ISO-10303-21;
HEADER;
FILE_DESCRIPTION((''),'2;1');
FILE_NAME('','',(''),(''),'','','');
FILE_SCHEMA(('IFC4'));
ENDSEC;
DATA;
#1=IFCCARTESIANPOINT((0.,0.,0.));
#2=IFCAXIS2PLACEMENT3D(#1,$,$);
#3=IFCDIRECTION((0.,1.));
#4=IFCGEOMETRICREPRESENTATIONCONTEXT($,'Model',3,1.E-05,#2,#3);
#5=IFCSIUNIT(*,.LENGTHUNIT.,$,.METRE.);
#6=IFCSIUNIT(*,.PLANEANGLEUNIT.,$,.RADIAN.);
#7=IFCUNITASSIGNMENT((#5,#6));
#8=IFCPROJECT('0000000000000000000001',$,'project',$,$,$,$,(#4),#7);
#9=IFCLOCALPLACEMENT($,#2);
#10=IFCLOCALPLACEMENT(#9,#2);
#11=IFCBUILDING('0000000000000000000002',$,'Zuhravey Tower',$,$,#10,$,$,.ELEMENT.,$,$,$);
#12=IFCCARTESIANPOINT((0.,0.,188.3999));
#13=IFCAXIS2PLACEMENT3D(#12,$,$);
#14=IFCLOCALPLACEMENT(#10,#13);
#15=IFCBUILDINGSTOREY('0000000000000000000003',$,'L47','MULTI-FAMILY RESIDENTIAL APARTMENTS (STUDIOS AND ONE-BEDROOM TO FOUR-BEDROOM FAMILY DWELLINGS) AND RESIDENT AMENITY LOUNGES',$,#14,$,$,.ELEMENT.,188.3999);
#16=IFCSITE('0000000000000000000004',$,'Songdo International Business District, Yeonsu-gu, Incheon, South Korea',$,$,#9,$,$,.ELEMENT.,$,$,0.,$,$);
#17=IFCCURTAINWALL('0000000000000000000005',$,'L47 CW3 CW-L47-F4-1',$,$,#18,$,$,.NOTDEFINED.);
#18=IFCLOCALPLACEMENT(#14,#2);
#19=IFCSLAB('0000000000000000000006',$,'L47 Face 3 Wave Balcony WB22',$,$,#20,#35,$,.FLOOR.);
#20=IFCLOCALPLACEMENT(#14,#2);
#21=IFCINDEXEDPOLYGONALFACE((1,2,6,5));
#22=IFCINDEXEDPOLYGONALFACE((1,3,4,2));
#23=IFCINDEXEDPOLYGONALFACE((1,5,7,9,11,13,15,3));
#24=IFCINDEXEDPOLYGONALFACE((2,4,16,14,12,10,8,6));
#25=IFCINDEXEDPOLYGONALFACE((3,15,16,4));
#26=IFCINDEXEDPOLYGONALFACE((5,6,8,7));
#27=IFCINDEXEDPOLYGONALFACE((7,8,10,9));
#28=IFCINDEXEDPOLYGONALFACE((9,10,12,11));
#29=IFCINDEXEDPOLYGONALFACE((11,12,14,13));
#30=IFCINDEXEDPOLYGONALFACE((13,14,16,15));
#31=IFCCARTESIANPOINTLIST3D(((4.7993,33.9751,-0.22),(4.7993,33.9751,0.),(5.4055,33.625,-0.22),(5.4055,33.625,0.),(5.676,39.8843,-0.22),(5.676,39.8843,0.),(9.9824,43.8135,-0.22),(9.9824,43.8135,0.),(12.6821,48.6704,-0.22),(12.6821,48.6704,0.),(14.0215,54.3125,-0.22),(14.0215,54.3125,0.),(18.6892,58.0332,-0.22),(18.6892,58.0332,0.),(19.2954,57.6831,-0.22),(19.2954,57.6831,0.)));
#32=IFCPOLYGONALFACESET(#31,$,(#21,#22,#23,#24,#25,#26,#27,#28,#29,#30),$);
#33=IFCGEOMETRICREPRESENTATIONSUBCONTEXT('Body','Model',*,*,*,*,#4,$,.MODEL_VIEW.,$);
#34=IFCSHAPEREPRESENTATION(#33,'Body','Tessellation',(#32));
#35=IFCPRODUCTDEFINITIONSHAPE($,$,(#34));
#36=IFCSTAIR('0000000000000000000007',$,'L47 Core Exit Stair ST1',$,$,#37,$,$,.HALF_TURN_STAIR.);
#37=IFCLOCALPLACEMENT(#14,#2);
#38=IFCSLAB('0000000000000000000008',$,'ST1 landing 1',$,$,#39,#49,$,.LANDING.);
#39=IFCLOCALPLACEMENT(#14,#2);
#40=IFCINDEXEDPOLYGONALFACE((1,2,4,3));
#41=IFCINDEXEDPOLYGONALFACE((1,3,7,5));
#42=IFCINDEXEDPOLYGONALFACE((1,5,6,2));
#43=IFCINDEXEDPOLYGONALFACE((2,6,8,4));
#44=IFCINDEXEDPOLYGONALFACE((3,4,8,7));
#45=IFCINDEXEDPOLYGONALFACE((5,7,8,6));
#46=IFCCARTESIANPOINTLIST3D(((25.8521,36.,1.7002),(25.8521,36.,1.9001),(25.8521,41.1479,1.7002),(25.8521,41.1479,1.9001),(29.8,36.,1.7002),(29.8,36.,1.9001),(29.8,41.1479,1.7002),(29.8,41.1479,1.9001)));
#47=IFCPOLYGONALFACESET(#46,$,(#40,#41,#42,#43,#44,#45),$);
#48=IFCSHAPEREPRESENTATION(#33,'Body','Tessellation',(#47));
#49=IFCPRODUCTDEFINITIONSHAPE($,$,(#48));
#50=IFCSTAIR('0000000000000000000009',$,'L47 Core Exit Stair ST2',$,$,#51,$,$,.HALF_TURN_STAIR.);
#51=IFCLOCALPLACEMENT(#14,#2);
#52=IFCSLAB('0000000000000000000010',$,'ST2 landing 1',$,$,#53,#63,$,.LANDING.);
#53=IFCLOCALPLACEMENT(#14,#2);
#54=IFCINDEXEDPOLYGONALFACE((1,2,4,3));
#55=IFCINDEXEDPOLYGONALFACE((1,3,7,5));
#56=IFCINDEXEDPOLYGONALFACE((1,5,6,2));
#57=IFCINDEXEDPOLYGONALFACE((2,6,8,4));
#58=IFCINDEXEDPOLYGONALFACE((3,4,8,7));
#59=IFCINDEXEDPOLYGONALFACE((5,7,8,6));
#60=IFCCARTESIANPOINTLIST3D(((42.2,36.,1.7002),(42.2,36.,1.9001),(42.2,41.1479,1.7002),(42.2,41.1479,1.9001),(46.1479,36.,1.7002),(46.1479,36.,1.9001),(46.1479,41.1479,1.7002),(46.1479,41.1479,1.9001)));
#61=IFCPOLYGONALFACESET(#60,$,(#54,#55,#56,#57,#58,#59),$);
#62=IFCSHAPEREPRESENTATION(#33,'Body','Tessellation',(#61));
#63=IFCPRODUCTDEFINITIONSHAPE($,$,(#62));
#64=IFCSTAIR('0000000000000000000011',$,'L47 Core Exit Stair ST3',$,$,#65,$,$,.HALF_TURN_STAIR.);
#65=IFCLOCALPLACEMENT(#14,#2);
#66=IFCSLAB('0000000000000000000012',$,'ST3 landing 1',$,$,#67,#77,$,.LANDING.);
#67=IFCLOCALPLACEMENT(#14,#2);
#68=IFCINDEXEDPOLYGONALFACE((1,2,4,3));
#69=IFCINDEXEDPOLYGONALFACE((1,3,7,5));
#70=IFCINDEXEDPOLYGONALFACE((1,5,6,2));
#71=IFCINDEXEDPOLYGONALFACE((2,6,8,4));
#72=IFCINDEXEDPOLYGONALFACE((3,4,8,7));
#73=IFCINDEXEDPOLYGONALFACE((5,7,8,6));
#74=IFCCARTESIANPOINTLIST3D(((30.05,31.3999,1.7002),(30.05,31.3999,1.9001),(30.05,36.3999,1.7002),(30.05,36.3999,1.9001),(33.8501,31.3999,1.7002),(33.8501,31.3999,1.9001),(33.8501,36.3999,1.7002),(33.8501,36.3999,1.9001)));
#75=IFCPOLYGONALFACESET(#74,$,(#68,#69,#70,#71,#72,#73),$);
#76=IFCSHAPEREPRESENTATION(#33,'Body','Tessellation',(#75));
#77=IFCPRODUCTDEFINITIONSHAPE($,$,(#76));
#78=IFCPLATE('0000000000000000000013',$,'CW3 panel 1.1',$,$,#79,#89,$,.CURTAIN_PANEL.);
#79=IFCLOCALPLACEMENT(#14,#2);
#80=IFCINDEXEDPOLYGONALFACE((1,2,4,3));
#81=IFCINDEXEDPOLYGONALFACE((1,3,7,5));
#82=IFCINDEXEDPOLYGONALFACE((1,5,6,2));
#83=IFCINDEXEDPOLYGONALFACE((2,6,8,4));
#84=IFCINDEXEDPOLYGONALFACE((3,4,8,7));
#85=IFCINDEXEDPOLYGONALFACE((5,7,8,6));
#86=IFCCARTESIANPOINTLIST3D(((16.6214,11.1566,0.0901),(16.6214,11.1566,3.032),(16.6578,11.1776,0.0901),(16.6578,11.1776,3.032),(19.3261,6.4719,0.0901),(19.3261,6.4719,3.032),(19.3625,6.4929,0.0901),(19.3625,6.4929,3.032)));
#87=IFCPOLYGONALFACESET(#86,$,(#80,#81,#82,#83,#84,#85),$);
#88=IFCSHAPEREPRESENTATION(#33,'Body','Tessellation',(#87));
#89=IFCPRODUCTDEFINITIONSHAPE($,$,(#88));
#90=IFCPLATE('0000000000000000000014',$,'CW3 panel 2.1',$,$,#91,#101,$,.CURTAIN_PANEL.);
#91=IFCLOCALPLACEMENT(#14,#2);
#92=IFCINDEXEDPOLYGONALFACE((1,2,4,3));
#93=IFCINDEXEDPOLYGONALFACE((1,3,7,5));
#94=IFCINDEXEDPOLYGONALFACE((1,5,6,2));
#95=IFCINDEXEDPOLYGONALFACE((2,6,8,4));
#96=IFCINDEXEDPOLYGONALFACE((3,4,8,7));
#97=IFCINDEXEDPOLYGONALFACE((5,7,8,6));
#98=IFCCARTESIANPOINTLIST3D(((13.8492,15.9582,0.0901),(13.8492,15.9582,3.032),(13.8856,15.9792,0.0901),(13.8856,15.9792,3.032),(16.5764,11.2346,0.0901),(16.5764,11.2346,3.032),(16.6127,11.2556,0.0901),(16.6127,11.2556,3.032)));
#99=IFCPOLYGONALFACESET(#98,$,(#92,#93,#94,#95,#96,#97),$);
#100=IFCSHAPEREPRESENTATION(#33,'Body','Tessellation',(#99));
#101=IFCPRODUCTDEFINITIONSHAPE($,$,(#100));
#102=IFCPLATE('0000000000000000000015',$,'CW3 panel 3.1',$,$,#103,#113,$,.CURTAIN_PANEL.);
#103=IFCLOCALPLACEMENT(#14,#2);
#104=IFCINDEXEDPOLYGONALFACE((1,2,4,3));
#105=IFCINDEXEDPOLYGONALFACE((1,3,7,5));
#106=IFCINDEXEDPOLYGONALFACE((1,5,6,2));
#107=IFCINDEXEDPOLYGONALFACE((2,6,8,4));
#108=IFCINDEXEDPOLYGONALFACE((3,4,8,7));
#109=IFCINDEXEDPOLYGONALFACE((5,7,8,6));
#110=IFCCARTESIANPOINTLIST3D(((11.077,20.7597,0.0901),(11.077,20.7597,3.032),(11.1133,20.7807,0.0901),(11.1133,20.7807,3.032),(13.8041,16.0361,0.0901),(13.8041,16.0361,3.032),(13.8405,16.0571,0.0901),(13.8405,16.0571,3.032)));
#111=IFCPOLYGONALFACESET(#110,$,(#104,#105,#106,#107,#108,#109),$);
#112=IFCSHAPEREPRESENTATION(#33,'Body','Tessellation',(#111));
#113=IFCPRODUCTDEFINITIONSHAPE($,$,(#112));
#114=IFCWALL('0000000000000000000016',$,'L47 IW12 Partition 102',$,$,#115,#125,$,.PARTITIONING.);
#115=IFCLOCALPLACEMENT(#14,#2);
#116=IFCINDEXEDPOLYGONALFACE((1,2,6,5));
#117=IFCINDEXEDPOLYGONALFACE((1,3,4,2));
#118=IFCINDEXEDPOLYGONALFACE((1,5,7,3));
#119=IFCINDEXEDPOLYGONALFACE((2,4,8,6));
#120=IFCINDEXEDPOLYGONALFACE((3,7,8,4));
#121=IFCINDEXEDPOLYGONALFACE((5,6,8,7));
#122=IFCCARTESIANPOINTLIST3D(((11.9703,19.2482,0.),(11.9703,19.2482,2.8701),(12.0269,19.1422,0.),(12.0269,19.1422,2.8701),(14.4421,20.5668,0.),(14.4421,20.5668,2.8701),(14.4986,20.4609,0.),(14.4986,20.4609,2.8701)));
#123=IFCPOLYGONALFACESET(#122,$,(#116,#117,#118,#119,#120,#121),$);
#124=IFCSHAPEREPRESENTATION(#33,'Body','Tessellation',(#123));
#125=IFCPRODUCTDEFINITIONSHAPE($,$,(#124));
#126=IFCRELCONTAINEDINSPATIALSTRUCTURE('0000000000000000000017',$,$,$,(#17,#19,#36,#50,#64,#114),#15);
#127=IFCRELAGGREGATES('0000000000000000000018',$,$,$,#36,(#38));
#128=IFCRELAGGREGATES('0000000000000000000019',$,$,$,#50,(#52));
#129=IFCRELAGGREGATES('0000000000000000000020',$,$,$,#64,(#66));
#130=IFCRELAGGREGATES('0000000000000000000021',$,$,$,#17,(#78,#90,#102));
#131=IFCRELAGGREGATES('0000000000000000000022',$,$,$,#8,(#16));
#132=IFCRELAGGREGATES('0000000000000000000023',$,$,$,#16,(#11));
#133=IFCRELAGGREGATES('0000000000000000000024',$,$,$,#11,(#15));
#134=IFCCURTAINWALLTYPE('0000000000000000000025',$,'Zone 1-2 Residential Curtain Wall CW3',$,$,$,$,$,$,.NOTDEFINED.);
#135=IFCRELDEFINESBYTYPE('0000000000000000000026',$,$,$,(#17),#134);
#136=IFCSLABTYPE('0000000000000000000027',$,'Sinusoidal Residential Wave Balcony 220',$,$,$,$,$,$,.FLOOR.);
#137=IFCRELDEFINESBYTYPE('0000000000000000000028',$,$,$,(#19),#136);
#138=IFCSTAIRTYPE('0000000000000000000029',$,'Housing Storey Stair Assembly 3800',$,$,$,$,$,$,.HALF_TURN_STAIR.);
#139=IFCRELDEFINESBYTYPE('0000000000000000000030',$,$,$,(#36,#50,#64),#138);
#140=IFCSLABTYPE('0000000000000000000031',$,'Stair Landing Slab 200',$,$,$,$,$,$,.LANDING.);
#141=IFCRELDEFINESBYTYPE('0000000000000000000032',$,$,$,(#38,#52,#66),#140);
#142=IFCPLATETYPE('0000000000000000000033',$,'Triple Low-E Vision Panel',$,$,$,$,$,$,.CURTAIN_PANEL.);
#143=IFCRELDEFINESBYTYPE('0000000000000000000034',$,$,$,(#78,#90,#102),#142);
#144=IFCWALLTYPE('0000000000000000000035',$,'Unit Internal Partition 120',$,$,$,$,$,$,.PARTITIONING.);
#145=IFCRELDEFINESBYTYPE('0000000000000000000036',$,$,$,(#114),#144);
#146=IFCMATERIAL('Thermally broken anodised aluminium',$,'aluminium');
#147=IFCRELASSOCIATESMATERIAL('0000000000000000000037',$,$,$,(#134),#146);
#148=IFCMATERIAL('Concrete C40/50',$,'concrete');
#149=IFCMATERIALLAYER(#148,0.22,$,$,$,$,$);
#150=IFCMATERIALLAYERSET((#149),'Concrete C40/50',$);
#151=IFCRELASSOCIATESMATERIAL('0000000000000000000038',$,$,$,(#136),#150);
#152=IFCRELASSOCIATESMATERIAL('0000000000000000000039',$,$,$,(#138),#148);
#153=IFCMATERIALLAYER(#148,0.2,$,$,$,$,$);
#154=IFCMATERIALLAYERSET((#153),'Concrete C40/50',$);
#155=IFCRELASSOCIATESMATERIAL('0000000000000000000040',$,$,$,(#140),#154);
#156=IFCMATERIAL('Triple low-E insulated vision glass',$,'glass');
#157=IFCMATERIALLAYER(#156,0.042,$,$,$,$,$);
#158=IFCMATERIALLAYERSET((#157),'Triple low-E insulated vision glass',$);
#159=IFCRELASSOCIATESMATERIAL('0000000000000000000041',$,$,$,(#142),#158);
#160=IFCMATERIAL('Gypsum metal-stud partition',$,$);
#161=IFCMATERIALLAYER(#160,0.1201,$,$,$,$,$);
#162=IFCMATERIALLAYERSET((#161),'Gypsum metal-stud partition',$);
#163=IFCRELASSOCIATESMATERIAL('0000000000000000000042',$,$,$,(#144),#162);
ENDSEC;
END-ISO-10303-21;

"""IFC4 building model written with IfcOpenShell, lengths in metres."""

from ifc_helpers import new_model, si_unit, direction, frame, frame_2d, origin, origin_2d, place, context, subcontext, project, spatial, polyline, rectangle, outline, extrude, material, layer, layer_set, type_object, element, aggregate, save


model = new_model("IFC4")

# Units and contexts
model_context = context("Model", 3, precision=1e-05, world=origin(), true_north=direction((0.0, 1.0)))
body_context = subcontext(model_context, "Body", "Model", "MODEL_VIEW")
ifc_project = project(units=[si_unit("LENGTHUNIT", "METRE"), si_unit("PLANEANGLEUNIT", "RADIAN")], contexts=[model_context])

# Site, building, storey
site_placement = place(None, origin())
site = spatial("IfcSite", under=ifc_project, at=site_placement, Name="Songdo International Business District, Yeonsu-gu, Incheon, South Korea", CompositionType="ELEMENT", RefElevation=0.0)
building_placement = place(site_placement, origin())
building = spatial("IfcBuilding", under=site, at=building_placement, Name="Zuhravey Tower", CompositionType="ELEMENT")
storey_placement = place(building_placement, frame((0.0, 0.0, 188.3999)))
storey = spatial("IfcBuildingStorey", under=building, at=storey_placement, Name="L47", Description="MULTI-FAMILY RESIDENTIAL APARTMENTS (STUDIOS AND ONE-BEDROOM TO FOUR-BEDROOM FAMILY DWELLINGS) AND RESIDENT AMENITY LOUNGES", CompositionType="ELEMENT", Elevation=188.3999)

# Curtain wall
ifc_material_1 = material(Name="Thermally broken anodised aluminium", Category="aluminium")
curtain_wall_type = type_object("IfcCurtainWallType", Name="Zone 1-2 Residential Curtain Wall CW3", PredefinedType="NOTDEFINED", material=ifc_material_1)
curtain_wall_placement = place(storey_placement, origin())
curtain_wall = element("IfcCurtainWall", 1, at=curtain_wall_placement, inside=storey, type_object=curtain_wall_type, Name="L47 CW3 CW-L47-F4-1", PredefinedType="NOTDEFINED")

# Slab
ifc_material_2 = material(Name="Concrete C40/50", Category="concrete")
ifc_layer_1 = layer(ifc_material_2, 0.22)
ifc_layer_set_1 = layer_set([ifc_layer_1], Name="Concrete C40/50")
slab_type_1 = type_object("IfcSlabType", Name="Sinusoidal Residential Wave Balcony 220", PredefinedType="FLOOR", material=ifc_layer_set_1)
slab_1_placement = place(storey_placement, frame((0.0, 0.0, -0.22)))
element("IfcSlab", 2, at=slab_1_placement, inside=storey, type_object=slab_type_1, Name="L47 Face 3 Wave Balcony WB22", PredefinedType="FLOOR", context=body_context, shape_type="SweptSolid", body=[
    extrude(outline(polyline([(19.2954, 57.6831), (5.4055, 33.625), (4.7993, 33.9751), (5.676, 39.8843), (9.9824, 43.8135), (12.6821, 48.6704), (14.0215, 54.3125), (18.6892, 58.0332), (19.2954, 57.6831)])), origin(), (0.0, 0.0, 1.0), 0.22),
])

# Stairs, slabs
stair_type = type_object("IfcStairType", Name="Housing Storey Stair Assembly 3800", PredefinedType="HALF_TURN_STAIR", material=ifc_material_2)
stair_1_placement = place(storey_placement, origin())
stair_1 = element("IfcStair", 3, at=stair_1_placement, inside=storey, type_object=stair_type, Name="L47 Core Exit Stair ST1", PredefinedType="HALF_TURN_STAIR")
ifc_layer_2 = layer(ifc_material_2, 0.2)
ifc_layer_set_2 = layer_set([ifc_layer_2], Name="Concrete C40/50")
slab_type_2 = type_object("IfcSlabType", Name="Stair Landing Slab 200", PredefinedType="LANDING", material=ifc_layer_set_2)
slab_2_placement = place(storey_placement, frame((0.0, 0.0, 1.7002)))
slab_2 = element("IfcSlab", 4, at=slab_2_placement, type_object=slab_type_2, Name="ST1 landing 1", PredefinedType="LANDING", context=body_context, shape_type="SweptSolid", body=[
    extrude(outline(polyline([(29.8, 36.0), (29.8, 41.1479), (25.8521, 41.1479), (25.8521, 36.0), (29.8, 36.0)])), origin(), (0.0, 0.0, 1.0), 0.2),
])
aggregate(stair_1, [slab_2])
stair_2_placement = place(storey_placement, origin())
stair_2 = element("IfcStair", 5, at=stair_2_placement, inside=storey, type_object=stair_type, Name="L47 Core Exit Stair ST2", PredefinedType="HALF_TURN_STAIR")
slab_3_placement = place(storey_placement, frame((0.0, 0.0, 1.7002)))
slab_3 = element("IfcSlab", 6, at=slab_3_placement, type_object=slab_type_2, Name="ST2 landing 1", PredefinedType="LANDING", context=body_context, shape_type="SweptSolid", body=[
    extrude(outline(polyline([(46.1479, 36.0), (46.1479, 41.1479), (42.2, 41.1479), (42.2, 36.0), (46.1479, 36.0)])), origin(), (0.0, 0.0, 1.0), 0.2),
])
aggregate(stair_2, [slab_3])
stair_3_placement = place(storey_placement, origin())
stair_3 = element("IfcStair", 7, at=stair_3_placement, inside=storey, type_object=stair_type, Name="L47 Core Exit Stair ST3", PredefinedType="HALF_TURN_STAIR")
slab_4_placement = place(storey_placement, frame((0.0, 0.0, 1.7002)))
slab_4 = element("IfcSlab", 8, at=slab_4_placement, type_object=slab_type_2, Name="ST3 landing 1", PredefinedType="LANDING", context=body_context, shape_type="SweptSolid", body=[
    extrude(outline(polyline([(30.05, 36.3999), (30.05, 31.3999), (33.8501, 31.3999), (33.8501, 36.3999), (30.05, 36.3999)])), origin(), (0.0, 0.0, 1.0), 0.2),
])
aggregate(stair_3, [slab_4])

# Plates
ifc_material_3 = material(Name="Triple low-E insulated vision glass", Category="glass")
ifc_layer_3 = layer(ifc_material_3, 0.042)
ifc_layer_set_3 = layer_set([ifc_layer_3], Name="Triple low-E insulated vision glass")
plate_type = type_object("IfcPlateType", Name="Triple Low-E Vision Panel", PredefinedType="CURTAIN_PANEL", material=ifc_layer_set_3)
plate_1_placement = place(storey_placement, frame((17.9919, 8.8247, 0.0901), z_axis=(0.0, 0.0, 1.0), x_axis=(-0.5, 0.866025, 0.0)))
plate_1 = element("IfcPlate", 9, at=plate_1_placement, type_object=plate_type, Name="CW3 panel 1.1", PredefinedType="CURTAIN_PANEL", context=body_context, shape_type="SweptSolid", body=[
    extrude(rectangle(XDim=5.4094, YDim=0.042, at=origin_2d()), origin(), (0.0, 0.0, 1.0), 2.9419),
])
plate_2_placement = place(storey_placement, frame((15.231, 13.6069, 0.0901), z_axis=(0.0, 0.0, 1.0), x_axis=(-0.5, 0.866025, 0.0)))
plate_2 = element("IfcPlate", 10, at=plate_2_placement, type_object=plate_type, Name="CW3 panel 2.1", PredefinedType="CURTAIN_PANEL", context=body_context, shape_type="SweptSolid", body=[
    extrude(rectangle(XDim=5.4543, YDim=0.042, at=origin_2d()), origin(), (0.0, 0.0, 1.0), 2.9419),
])
plate_3_placement = place(storey_placement, frame((12.4587, 18.4084, 0.0901), z_axis=(0.0, 0.0, 1.0), x_axis=(-0.5, 0.866025, 0.0)))
plate_3 = element("IfcPlate", 11, at=plate_3_placement, type_object=plate_type, Name="CW3 panel 3.1", PredefinedType="CURTAIN_PANEL", context=body_context, shape_type="SweptSolid", body=[
    extrude(rectangle(XDim=5.4543, YDim=0.042, at=origin_2d()), origin(), (0.0, 0.0, 1.0), 2.9419),
])
aggregate(curtain_wall, [plate_1, plate_2, plate_3])

# Wall
ifc_material_4 = material(Name="Gypsum metal-stud partition")
ifc_layer_4 = layer(ifc_material_4, 0.1201)
ifc_layer_set_4 = layer_set([ifc_layer_4], Name="Gypsum metal-stud partition")
wall_type_1 = type_object("IfcWallType", Name="Unit Internal Partition 120", PredefinedType="PARTITIONING", material=ifc_layer_set_4)
wall_1_placement = place(storey_placement, frame((14.4705, 20.5139, 0.0), z_axis=(0.0, 0.0, 1.0), x_axis=(-0.882297, -0.470692, 0.0)))
element("IfcWall", 12, at=wall_1_placement, inside=storey, type_object=wall_type_1, Name="L47 IW12 Partition 102", PredefinedType="PARTITIONING", context=body_context, shape_type="SweptSolid", body=[
    extrude(rectangle(XDim=2.8015, YDim=0.1201, at=frame_2d((1.4009, 0.0))), origin(), (0.0, 0.0, 1.0), 2.8701),
])

save(model, "model.ifc")
